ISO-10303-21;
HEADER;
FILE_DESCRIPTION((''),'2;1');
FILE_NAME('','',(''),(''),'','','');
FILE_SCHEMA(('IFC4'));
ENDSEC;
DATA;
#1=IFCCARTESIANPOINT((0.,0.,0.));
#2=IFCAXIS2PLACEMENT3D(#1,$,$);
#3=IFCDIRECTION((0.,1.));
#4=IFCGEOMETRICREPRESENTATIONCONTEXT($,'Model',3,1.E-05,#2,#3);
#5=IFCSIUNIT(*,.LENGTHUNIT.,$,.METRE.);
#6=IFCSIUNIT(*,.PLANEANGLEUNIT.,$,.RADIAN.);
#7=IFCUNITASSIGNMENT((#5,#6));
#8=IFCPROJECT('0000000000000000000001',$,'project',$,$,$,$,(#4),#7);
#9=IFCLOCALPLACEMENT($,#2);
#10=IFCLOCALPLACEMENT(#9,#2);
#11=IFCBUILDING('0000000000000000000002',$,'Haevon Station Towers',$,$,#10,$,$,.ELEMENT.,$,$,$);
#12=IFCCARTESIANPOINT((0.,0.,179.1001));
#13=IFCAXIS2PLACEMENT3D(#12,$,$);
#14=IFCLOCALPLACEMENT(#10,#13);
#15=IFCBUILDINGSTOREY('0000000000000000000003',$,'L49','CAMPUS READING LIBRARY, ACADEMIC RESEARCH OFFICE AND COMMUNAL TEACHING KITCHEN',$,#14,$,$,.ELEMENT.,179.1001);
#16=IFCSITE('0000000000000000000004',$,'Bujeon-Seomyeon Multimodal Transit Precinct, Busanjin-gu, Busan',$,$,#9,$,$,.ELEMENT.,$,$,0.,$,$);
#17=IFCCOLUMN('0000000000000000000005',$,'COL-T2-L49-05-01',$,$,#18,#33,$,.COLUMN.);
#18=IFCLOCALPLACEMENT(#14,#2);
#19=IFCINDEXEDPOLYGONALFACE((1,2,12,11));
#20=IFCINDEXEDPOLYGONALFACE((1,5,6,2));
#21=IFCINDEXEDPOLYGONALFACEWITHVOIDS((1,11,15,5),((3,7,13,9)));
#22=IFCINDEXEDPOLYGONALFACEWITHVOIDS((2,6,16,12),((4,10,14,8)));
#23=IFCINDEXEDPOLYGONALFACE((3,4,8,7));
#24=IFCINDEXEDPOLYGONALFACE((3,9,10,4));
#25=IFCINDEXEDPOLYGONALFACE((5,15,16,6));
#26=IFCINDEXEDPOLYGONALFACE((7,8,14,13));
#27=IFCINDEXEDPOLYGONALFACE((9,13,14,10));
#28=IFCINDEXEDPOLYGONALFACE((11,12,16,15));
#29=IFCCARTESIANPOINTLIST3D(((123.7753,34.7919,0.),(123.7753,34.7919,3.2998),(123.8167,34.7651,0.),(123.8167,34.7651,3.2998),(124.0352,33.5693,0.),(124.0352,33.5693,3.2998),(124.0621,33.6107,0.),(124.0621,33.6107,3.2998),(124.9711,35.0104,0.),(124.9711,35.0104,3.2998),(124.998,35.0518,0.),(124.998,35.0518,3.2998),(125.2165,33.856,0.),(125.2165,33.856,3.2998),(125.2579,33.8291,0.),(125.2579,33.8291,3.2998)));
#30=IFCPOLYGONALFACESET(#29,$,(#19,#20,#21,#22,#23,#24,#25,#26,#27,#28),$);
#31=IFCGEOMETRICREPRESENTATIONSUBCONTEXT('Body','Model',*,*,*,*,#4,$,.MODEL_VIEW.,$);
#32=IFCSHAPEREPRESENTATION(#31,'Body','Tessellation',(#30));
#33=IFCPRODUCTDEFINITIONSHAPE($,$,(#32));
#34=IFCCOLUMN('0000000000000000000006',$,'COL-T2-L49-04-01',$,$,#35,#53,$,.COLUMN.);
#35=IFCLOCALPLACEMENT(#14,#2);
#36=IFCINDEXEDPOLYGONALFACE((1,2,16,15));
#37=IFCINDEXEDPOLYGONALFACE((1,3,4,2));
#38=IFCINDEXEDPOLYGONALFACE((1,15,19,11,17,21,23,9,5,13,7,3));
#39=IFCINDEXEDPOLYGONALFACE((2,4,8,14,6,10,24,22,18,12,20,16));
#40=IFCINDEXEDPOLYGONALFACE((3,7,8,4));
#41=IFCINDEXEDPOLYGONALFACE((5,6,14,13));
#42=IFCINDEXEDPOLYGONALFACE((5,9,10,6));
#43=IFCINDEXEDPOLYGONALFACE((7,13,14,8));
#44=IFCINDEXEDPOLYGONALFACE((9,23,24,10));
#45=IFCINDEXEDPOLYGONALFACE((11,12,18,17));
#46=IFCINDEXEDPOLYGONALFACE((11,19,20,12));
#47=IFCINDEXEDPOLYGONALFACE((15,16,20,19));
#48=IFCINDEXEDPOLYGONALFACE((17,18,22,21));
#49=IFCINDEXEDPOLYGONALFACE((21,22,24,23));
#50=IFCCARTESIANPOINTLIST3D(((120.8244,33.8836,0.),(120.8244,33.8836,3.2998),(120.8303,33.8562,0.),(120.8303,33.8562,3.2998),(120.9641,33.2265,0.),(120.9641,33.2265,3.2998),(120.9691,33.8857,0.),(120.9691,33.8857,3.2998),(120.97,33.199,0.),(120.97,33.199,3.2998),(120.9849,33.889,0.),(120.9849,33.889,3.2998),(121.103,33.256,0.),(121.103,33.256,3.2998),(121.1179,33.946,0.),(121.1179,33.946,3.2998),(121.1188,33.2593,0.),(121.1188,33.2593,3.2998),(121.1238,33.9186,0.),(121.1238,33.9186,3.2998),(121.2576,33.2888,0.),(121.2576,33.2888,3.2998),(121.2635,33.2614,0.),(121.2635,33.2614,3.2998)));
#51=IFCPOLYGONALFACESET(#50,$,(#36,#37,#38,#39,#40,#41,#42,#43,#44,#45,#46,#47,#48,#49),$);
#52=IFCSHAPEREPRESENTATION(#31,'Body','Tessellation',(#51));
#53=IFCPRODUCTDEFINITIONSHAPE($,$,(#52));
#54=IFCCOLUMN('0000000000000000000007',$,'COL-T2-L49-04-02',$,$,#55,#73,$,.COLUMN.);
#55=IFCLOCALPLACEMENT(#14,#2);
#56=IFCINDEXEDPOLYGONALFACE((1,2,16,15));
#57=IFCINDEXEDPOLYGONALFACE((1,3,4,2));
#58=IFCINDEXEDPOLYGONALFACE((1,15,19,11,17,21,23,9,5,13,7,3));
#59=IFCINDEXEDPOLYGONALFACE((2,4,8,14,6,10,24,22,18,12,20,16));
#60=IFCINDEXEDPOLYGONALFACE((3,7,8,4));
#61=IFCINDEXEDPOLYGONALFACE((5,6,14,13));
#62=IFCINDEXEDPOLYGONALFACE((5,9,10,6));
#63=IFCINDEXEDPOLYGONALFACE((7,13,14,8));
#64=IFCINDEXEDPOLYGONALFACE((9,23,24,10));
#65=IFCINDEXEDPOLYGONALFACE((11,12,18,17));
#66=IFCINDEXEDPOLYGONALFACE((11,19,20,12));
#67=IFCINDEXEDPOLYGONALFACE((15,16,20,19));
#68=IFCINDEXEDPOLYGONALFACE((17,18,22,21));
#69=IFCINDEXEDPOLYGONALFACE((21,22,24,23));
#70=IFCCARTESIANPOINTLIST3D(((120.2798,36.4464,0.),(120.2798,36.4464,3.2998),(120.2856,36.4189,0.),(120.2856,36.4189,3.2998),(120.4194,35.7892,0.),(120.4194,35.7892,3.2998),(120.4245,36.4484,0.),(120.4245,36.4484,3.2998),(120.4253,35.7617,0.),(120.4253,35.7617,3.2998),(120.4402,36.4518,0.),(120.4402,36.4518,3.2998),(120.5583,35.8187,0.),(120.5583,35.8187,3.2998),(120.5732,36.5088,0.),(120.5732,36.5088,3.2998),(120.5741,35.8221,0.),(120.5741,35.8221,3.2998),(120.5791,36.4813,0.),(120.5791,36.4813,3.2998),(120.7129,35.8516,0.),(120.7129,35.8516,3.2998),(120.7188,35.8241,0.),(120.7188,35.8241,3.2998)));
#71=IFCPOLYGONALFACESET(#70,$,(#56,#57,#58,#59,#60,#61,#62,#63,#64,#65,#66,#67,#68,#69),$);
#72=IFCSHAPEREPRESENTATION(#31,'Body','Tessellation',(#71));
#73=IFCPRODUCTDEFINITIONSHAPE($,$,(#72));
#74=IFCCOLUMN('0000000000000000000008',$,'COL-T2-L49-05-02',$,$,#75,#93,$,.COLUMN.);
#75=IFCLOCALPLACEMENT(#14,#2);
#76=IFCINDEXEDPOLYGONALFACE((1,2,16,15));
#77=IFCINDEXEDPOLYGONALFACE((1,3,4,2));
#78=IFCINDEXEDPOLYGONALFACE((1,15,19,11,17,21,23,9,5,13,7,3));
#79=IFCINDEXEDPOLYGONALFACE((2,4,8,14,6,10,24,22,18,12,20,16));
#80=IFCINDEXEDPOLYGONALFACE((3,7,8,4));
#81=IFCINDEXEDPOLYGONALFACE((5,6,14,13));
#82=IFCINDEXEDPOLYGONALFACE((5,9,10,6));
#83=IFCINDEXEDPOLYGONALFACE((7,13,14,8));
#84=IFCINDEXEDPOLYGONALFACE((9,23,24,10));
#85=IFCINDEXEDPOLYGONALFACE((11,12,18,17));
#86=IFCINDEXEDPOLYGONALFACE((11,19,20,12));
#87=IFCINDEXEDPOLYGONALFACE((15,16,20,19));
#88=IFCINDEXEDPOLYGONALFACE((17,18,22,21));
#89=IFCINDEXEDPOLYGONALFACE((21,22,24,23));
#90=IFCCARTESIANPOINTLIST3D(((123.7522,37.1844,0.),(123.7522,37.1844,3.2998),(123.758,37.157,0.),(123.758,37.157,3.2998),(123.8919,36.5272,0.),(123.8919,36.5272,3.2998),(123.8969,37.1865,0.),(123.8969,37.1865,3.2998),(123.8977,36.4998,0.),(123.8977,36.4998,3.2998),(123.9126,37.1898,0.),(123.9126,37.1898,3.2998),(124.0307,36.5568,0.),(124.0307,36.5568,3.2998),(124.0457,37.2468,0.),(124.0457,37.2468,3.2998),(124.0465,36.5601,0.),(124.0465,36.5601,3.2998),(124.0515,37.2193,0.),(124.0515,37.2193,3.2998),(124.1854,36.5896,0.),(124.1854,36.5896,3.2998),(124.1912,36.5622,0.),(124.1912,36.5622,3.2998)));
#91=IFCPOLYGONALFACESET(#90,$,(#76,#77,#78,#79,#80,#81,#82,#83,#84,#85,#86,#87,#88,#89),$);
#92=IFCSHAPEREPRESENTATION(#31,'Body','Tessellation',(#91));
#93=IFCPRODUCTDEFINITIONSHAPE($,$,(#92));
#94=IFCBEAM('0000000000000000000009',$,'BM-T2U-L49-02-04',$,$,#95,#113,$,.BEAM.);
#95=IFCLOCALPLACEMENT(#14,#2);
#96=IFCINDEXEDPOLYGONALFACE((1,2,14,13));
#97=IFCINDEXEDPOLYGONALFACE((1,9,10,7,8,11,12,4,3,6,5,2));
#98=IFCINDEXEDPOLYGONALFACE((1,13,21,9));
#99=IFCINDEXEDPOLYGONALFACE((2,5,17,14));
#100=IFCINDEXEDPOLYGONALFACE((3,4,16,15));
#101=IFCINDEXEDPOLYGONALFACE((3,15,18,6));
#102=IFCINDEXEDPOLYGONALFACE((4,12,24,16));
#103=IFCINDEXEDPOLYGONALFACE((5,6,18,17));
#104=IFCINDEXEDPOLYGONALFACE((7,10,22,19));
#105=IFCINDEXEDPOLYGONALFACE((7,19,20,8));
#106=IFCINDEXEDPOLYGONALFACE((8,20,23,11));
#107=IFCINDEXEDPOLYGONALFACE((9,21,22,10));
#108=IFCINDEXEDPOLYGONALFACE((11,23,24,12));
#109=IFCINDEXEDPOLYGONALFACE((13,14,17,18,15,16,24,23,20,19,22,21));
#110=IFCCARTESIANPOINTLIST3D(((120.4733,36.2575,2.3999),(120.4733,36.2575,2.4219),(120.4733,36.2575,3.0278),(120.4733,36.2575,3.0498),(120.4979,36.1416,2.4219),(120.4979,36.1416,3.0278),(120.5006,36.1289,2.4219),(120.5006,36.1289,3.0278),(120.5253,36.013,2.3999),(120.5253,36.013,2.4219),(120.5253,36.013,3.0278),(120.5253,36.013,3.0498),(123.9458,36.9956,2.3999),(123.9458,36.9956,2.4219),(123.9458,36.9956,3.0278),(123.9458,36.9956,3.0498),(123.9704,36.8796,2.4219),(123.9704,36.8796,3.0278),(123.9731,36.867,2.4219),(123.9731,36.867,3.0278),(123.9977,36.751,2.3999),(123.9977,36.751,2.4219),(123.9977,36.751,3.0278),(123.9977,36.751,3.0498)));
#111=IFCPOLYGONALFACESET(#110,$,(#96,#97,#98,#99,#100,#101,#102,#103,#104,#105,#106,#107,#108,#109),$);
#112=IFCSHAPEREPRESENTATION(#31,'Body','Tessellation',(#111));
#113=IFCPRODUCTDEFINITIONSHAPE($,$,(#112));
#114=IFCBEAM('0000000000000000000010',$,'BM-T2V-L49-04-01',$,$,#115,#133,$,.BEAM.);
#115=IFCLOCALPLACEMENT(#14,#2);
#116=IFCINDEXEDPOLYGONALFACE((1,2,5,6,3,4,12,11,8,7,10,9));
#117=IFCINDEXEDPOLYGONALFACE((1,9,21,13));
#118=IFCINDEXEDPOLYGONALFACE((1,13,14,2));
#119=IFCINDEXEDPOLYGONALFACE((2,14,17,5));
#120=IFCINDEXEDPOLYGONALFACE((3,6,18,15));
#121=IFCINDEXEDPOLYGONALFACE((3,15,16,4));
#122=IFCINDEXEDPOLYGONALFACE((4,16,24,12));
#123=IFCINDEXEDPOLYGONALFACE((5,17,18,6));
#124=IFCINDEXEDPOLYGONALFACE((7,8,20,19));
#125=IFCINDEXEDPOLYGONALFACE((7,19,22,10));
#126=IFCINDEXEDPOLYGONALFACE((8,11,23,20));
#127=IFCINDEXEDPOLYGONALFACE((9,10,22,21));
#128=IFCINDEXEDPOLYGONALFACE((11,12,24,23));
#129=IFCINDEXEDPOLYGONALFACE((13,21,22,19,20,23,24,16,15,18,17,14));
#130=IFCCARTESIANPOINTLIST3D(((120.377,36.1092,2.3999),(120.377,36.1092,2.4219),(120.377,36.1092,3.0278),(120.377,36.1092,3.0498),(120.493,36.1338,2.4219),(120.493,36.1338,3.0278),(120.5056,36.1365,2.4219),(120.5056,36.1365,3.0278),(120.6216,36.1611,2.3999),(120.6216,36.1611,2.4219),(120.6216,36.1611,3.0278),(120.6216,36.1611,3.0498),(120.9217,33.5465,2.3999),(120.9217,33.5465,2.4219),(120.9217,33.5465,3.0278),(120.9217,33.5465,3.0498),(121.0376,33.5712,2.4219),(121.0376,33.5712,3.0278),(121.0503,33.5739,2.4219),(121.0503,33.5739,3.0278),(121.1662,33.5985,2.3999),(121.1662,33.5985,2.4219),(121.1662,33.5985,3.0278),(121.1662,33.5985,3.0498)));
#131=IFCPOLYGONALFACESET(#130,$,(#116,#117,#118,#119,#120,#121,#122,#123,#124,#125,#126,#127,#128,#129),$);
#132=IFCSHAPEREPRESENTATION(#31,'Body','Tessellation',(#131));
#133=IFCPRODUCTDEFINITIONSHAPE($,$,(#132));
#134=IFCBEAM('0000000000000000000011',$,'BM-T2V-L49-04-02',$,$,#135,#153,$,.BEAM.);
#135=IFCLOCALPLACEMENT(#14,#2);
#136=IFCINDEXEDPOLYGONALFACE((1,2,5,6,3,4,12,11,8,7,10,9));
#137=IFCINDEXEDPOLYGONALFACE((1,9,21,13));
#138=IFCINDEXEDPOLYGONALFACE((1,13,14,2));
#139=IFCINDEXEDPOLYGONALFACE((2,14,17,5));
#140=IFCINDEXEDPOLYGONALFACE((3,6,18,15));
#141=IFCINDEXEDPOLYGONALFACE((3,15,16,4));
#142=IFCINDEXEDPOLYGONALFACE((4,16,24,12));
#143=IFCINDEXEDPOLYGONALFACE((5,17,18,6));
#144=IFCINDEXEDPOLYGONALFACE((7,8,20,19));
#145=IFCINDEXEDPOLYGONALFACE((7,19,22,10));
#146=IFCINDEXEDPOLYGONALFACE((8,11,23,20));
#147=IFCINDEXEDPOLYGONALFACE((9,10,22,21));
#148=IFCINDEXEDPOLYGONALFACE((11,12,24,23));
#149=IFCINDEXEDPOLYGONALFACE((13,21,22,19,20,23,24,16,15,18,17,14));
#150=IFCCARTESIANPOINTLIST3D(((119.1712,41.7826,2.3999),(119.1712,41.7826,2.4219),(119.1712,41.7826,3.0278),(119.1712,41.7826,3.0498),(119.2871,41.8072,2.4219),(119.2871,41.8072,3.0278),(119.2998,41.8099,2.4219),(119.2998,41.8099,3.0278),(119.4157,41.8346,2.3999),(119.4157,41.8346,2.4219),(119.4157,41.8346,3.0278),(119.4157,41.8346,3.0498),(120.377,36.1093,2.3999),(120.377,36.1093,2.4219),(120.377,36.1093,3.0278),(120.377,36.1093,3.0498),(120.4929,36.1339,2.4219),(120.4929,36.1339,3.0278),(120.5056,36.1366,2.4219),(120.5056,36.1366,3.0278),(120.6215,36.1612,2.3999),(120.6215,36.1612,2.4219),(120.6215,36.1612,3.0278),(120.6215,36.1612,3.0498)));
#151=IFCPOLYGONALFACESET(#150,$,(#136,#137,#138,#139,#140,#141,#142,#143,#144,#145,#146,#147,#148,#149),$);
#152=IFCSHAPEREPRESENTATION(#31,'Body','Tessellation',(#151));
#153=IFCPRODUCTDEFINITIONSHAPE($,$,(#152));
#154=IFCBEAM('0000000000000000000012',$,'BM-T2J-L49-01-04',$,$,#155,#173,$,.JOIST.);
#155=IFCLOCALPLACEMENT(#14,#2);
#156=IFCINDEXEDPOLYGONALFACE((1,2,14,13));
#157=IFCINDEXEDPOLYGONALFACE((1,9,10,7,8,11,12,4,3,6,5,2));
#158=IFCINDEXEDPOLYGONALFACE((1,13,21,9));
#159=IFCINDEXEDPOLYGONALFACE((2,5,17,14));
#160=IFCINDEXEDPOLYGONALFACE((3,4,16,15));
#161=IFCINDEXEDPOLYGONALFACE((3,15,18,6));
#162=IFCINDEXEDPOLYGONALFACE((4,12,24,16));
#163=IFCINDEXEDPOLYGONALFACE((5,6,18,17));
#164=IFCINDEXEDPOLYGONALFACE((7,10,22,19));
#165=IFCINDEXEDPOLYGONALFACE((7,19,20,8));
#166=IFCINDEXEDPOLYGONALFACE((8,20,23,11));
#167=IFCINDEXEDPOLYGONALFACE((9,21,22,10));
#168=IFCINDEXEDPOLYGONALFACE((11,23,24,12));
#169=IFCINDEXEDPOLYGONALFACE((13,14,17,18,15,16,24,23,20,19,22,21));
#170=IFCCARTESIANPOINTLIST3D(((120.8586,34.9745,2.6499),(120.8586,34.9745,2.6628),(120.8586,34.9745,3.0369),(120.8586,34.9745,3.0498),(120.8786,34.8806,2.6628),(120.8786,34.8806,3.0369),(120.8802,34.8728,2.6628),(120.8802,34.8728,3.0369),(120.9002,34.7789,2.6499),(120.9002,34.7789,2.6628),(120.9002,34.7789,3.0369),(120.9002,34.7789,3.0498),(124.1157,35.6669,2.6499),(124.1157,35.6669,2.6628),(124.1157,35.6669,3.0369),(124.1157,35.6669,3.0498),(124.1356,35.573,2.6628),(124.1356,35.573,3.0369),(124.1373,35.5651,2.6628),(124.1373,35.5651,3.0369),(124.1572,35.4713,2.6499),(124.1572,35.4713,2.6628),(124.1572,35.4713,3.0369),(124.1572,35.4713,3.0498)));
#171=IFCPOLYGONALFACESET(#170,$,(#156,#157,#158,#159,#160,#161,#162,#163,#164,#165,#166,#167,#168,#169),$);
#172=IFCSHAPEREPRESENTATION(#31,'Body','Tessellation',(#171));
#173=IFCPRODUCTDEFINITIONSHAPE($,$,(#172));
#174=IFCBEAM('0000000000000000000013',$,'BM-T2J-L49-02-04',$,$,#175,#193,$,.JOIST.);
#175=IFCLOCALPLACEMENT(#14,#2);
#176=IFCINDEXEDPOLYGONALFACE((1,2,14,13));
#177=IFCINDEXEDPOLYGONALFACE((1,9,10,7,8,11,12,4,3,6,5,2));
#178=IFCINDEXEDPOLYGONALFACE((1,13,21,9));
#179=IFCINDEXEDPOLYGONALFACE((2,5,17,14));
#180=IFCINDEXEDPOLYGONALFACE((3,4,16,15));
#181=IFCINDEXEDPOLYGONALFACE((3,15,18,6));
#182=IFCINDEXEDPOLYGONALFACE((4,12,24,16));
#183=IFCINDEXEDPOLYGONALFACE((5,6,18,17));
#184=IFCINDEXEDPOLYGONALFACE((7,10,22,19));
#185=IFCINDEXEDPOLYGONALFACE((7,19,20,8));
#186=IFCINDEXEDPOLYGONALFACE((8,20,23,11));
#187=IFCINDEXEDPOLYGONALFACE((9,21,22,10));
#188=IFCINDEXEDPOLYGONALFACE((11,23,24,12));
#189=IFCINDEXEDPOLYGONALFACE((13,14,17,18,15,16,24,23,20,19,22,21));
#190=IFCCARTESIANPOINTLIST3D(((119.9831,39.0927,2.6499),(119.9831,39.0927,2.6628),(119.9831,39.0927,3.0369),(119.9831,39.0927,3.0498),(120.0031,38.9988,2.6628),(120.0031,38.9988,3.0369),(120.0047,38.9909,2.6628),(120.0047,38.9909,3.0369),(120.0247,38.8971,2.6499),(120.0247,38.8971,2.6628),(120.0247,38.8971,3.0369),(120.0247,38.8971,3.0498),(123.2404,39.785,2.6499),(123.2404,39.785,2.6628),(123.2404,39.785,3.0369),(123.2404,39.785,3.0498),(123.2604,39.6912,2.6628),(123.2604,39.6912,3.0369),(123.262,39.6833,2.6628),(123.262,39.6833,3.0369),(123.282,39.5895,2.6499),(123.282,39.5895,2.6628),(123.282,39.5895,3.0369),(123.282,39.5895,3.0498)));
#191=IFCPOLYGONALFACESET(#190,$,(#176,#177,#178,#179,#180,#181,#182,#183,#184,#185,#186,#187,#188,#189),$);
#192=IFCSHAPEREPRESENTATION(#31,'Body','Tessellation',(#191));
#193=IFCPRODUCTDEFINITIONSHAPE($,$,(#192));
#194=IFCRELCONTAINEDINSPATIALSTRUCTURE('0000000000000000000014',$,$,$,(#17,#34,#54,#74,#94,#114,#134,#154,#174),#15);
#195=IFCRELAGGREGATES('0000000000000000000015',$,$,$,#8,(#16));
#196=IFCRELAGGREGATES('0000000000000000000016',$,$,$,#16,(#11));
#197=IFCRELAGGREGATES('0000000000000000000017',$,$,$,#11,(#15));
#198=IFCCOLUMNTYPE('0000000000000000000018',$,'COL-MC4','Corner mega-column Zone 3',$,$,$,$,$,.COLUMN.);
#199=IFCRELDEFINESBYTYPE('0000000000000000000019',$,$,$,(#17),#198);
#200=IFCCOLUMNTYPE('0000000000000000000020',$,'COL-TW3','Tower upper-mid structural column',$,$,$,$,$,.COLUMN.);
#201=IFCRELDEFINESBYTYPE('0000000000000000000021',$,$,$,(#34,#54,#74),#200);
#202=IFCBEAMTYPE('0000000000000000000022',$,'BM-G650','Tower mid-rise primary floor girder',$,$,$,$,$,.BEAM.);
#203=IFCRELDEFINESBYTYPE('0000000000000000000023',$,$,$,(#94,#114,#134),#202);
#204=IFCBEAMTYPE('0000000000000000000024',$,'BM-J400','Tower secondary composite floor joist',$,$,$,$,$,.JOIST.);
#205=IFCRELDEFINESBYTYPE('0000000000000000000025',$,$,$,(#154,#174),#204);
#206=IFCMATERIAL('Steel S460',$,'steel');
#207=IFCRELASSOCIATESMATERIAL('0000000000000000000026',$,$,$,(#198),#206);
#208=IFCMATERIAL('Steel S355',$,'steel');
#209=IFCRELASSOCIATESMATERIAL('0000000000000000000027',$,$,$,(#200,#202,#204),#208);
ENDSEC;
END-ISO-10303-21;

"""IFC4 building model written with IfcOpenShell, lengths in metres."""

from ifc_helpers import new_model, si_unit, direction, frame, origin, origin_2d, place, context, subcontext, project, spatial, hollow_rectangle, i_section, extrude, material, material_profile, profile_set, type_object, element, save


model = new_model("IFC4")

# Units and contexts
model_context = context("Model", 3, precision=1e-05, world=origin(), true_north=direction((0.0, 1.0)))
body_context = subcontext(model_context, "Body", "Model", "MODEL_VIEW")
ifc_project = project(units=[si_unit("LENGTHUNIT", "METRE"), si_unit("PLANEANGLEUNIT", "RADIAN")], contexts=[model_context])

# Site, building, storey
site_placement = place(None, origin())
site = spatial("IfcSite", under=ifc_project, at=site_placement, Name="Bujeon-Seomyeon Multimodal Transit Precinct, Busanjin-gu, Busan", CompositionType="ELEMENT", RefElevation=0.0)
building_placement = place(site_placement, origin())
building = spatial("IfcBuilding", under=site, at=building_placement, Name="Haevon Station Towers", CompositionType="ELEMENT")
storey_placement = place(building_placement, frame((0.0, 0.0, 179.1001)))
storey = spatial("IfcBuildingStorey", under=building, at=storey_placement, Name="L49", Description="CAMPUS READING LIBRARY, ACADEMIC RESEARCH OFFICE AND COMMUNAL TEACHING KITCHEN", CompositionType="ELEMENT", Elevation=179.1001)

# Columns
ifc_material_1 = material(Name="Steel S460", Category="steel")
ifc_material_profile_1 = material_profile(ifc_material_1, hollow_rectangle(XDim=1.25, YDim=1.25, WallThickness=0.0349, at=origin_2d()), Name="BOX-1250x1250x35")
ifc_profile_set_1 = profile_set([ifc_material_profile_1], Name="Steel S460")
column_type_1 = type_object("IfcColumnType", Name="COL-MC4", Description="Corner mega-column Zone 3", PredefinedType="COLUMN", material=ifc_profile_set_1)
column_placement = place(storey_placement, frame((124.5166, 34.3105, 0.0), z_axis=(0.0, 0.0, 1.0), x_axis=(0.978148, 0.207912, 0.0)))
element("IfcColumn", 1, at=column_placement, inside=storey, type_object=column_type_1, Name="COL-T2-L49-05-01", PredefinedType="COLUMN", context=body_context, shape_type="SweptSolid", body=[
    extrude(hollow_rectangle(XDim=1.25, YDim=1.25, WallThickness=0.0349, at=origin_2d()), origin(), (0.0, 0.0, 1.0), 3.2998),
])
ifc_material_2 = material(Name="Steel S355", Category="steel")
ifc_material_profile_2 = material_profile(ifc_material_2, i_section(OverallWidth=0.3, OverallDepth=0.7, WebThickness=0.0161, FlangeThickness=0.0281, at=origin_2d()), Name="H-700x300x16x28")
ifc_profile_set_2 = profile_set([ifc_material_profile_2], Name="Steel S355")
column_type_2 = type_object("IfcColumnType", Name="COL-TW3", Description="Tower upper-mid structural column", PredefinedType="COLUMN", material=ifc_profile_set_2)
for number, where, z_axis, x_axis, name in (
    (2, (121.0439, 33.5725, 0.0), (0.0, 0.0, 1.0), (0.978148, 0.207912, 0.0), "COL-T2-L49-04-01"),
    (3, (120.4993, 36.1353, 0.0), (0.0, 0.0, 1.0), (0.978148, 0.207912, 0.0), "COL-T2-L49-04-02"),
    (4, (123.9717, 36.8733, 0.0), (0.0, 0.0, 1.0), (0.978148, 0.207912, 0.0), "COL-T2-L49-05-02"),
):
    element("IfcColumn", number, at=place(storey_placement, frame(where, z_axis=z_axis, x_axis=x_axis)), inside=storey, type_object=column_type_2, Name=name, PredefinedType="COLUMN", context=body_context, shape_type="SweptSolid", body=[
        extrude(i_section(OverallWidth=0.3, OverallDepth=0.7, WebThickness=0.0161, FlangeThickness=0.0281, at=origin_2d()), origin(), (0.0, 0.0, 1.0), 3.2998),
    ])

# Beams
ifc_material_profile_3 = material_profile(ifc_material_2, i_section(OverallWidth=0.25, OverallDepth=0.6499, WebThickness=0.0129, FlangeThickness=0.022, at=origin_2d()), Name="H-650x250x13x22")
ifc_profile_set_3 = profile_set([ifc_material_profile_3], Name="Steel S355")
beam_type_1 = type_object("IfcBeamType", Name="BM-G650", Description="Tower mid-rise primary floor girder", PredefinedType="BEAM", material=ifc_profile_set_3)
beam_1_placement = place(storey_placement, frame((120.4993, 36.1353, 2.7249), z_axis=(0.97815, 0.207899, 0.0), x_axis=(-0.207899, 0.97815, 0.0)))
element("IfcBeam", 5, at=beam_1_placement, inside=storey, type_object=beam_type_1, Name="BM-T2U-L49-02-04", PredefinedType="BEAM", context=body_context, shape_type="SweptSolid", body=[
    extrude(i_section(OverallWidth=0.25, OverallDepth=0.6499, WebThickness=0.0129, FlangeThickness=0.022, at=origin_2d()), origin(), (0.0, 0.0, 1.0), 3.55),
])
beam_2_placement = place(storey_placement, frame((121.0439, 33.5725, 2.7249), z_axis=(-0.207893, 0.978152, 0.0), x_axis=(-0.978152, -0.207893, 0.0)))
element("IfcBeam", 6, at=beam_2_placement, inside=storey, type_object=beam_type_1, Name="BM-T2V-L49-04-01", PredefinedType="BEAM", context=body_context, shape_type="SweptSolid", body=[
    extrude(i_section(OverallWidth=0.25, OverallDepth=0.6499, WebThickness=0.0129, FlangeThickness=0.022, at=origin_2d()), origin(), (0.0, 0.0, 1.0), 2.6199),
])
beam_3_placement = place(storey_placement, frame((120.4993, 36.1353, 2.7249), z_axis=(-0.207896, 0.978151, 0.0), x_axis=(-0.978151, -0.207896, 0.0)))
element("IfcBeam", 7, at=beam_3_placement, inside=storey, type_object=beam_type_1, Name="BM-T2V-L49-04-02", PredefinedType="BEAM", context=body_context, shape_type="SweptSolid", body=[
    extrude(i_section(OverallWidth=0.25, OverallDepth=0.6499, WebThickness=0.0129, FlangeThickness=0.022, at=origin_2d()), origin(), (0.0, 0.0, 1.0), 5.8),
])
ifc_material_profile_4 = material_profile(ifc_material_2, i_section(OverallWidth=0.2, OverallDepth=0.3999, WebThickness=0.0081, FlangeThickness=0.0129, at=origin_2d()), Name="H-400x200x8x13")
ifc_profile_set_4 = profile_set([ifc_material_profile_4], Name="Steel S355")
beam_type_2 = type_object("IfcBeamType", Name="BM-J400", Description="Tower secondary composite floor joist", PredefinedType="JOIST", material=ifc_profile_set_4)
beam_4_placement = place(storey_placement, frame((120.8794, 34.8767, 2.8499), z_axis=(0.978143, 0.207932, 0.0), x_axis=(-0.207932, 0.978143, 0.0)))
element("IfcBeam", 8, at=beam_4_placement, inside=storey, type_object=beam_type_2, Name="BM-T2J-L49-01-04", PredefinedType="JOIST", context=body_context, shape_type="SweptSolid", body=[
    extrude(i_section(OverallWidth=0.2, OverallDepth=0.3999, WebThickness=0.0081, FlangeThickness=0.0129, at=origin_2d()), origin(), (0.0, 0.0, 1.0), 3.3298),
])
beam_5_placement = place(storey_placement, frame((120.0039, 38.9949, 2.8499), z_axis=(0.978147, 0.207917, 0.0), x_axis=(-0.207917, 0.978147, 0.0)))
element("IfcBeam", 9, at=beam_5_placement, inside=storey, type_object=beam_type_2, Name="BM-T2J-L49-02-04", PredefinedType="JOIST", context=body_context, shape_type="SweptSolid", body=[
    extrude(i_section(OverallWidth=0.2, OverallDepth=0.3999, WebThickness=0.0081, FlangeThickness=0.0129, at=origin_2d()), origin(), (0.0, 0.0, 1.0), 3.3301),
])

save(model, "model.ifc")
